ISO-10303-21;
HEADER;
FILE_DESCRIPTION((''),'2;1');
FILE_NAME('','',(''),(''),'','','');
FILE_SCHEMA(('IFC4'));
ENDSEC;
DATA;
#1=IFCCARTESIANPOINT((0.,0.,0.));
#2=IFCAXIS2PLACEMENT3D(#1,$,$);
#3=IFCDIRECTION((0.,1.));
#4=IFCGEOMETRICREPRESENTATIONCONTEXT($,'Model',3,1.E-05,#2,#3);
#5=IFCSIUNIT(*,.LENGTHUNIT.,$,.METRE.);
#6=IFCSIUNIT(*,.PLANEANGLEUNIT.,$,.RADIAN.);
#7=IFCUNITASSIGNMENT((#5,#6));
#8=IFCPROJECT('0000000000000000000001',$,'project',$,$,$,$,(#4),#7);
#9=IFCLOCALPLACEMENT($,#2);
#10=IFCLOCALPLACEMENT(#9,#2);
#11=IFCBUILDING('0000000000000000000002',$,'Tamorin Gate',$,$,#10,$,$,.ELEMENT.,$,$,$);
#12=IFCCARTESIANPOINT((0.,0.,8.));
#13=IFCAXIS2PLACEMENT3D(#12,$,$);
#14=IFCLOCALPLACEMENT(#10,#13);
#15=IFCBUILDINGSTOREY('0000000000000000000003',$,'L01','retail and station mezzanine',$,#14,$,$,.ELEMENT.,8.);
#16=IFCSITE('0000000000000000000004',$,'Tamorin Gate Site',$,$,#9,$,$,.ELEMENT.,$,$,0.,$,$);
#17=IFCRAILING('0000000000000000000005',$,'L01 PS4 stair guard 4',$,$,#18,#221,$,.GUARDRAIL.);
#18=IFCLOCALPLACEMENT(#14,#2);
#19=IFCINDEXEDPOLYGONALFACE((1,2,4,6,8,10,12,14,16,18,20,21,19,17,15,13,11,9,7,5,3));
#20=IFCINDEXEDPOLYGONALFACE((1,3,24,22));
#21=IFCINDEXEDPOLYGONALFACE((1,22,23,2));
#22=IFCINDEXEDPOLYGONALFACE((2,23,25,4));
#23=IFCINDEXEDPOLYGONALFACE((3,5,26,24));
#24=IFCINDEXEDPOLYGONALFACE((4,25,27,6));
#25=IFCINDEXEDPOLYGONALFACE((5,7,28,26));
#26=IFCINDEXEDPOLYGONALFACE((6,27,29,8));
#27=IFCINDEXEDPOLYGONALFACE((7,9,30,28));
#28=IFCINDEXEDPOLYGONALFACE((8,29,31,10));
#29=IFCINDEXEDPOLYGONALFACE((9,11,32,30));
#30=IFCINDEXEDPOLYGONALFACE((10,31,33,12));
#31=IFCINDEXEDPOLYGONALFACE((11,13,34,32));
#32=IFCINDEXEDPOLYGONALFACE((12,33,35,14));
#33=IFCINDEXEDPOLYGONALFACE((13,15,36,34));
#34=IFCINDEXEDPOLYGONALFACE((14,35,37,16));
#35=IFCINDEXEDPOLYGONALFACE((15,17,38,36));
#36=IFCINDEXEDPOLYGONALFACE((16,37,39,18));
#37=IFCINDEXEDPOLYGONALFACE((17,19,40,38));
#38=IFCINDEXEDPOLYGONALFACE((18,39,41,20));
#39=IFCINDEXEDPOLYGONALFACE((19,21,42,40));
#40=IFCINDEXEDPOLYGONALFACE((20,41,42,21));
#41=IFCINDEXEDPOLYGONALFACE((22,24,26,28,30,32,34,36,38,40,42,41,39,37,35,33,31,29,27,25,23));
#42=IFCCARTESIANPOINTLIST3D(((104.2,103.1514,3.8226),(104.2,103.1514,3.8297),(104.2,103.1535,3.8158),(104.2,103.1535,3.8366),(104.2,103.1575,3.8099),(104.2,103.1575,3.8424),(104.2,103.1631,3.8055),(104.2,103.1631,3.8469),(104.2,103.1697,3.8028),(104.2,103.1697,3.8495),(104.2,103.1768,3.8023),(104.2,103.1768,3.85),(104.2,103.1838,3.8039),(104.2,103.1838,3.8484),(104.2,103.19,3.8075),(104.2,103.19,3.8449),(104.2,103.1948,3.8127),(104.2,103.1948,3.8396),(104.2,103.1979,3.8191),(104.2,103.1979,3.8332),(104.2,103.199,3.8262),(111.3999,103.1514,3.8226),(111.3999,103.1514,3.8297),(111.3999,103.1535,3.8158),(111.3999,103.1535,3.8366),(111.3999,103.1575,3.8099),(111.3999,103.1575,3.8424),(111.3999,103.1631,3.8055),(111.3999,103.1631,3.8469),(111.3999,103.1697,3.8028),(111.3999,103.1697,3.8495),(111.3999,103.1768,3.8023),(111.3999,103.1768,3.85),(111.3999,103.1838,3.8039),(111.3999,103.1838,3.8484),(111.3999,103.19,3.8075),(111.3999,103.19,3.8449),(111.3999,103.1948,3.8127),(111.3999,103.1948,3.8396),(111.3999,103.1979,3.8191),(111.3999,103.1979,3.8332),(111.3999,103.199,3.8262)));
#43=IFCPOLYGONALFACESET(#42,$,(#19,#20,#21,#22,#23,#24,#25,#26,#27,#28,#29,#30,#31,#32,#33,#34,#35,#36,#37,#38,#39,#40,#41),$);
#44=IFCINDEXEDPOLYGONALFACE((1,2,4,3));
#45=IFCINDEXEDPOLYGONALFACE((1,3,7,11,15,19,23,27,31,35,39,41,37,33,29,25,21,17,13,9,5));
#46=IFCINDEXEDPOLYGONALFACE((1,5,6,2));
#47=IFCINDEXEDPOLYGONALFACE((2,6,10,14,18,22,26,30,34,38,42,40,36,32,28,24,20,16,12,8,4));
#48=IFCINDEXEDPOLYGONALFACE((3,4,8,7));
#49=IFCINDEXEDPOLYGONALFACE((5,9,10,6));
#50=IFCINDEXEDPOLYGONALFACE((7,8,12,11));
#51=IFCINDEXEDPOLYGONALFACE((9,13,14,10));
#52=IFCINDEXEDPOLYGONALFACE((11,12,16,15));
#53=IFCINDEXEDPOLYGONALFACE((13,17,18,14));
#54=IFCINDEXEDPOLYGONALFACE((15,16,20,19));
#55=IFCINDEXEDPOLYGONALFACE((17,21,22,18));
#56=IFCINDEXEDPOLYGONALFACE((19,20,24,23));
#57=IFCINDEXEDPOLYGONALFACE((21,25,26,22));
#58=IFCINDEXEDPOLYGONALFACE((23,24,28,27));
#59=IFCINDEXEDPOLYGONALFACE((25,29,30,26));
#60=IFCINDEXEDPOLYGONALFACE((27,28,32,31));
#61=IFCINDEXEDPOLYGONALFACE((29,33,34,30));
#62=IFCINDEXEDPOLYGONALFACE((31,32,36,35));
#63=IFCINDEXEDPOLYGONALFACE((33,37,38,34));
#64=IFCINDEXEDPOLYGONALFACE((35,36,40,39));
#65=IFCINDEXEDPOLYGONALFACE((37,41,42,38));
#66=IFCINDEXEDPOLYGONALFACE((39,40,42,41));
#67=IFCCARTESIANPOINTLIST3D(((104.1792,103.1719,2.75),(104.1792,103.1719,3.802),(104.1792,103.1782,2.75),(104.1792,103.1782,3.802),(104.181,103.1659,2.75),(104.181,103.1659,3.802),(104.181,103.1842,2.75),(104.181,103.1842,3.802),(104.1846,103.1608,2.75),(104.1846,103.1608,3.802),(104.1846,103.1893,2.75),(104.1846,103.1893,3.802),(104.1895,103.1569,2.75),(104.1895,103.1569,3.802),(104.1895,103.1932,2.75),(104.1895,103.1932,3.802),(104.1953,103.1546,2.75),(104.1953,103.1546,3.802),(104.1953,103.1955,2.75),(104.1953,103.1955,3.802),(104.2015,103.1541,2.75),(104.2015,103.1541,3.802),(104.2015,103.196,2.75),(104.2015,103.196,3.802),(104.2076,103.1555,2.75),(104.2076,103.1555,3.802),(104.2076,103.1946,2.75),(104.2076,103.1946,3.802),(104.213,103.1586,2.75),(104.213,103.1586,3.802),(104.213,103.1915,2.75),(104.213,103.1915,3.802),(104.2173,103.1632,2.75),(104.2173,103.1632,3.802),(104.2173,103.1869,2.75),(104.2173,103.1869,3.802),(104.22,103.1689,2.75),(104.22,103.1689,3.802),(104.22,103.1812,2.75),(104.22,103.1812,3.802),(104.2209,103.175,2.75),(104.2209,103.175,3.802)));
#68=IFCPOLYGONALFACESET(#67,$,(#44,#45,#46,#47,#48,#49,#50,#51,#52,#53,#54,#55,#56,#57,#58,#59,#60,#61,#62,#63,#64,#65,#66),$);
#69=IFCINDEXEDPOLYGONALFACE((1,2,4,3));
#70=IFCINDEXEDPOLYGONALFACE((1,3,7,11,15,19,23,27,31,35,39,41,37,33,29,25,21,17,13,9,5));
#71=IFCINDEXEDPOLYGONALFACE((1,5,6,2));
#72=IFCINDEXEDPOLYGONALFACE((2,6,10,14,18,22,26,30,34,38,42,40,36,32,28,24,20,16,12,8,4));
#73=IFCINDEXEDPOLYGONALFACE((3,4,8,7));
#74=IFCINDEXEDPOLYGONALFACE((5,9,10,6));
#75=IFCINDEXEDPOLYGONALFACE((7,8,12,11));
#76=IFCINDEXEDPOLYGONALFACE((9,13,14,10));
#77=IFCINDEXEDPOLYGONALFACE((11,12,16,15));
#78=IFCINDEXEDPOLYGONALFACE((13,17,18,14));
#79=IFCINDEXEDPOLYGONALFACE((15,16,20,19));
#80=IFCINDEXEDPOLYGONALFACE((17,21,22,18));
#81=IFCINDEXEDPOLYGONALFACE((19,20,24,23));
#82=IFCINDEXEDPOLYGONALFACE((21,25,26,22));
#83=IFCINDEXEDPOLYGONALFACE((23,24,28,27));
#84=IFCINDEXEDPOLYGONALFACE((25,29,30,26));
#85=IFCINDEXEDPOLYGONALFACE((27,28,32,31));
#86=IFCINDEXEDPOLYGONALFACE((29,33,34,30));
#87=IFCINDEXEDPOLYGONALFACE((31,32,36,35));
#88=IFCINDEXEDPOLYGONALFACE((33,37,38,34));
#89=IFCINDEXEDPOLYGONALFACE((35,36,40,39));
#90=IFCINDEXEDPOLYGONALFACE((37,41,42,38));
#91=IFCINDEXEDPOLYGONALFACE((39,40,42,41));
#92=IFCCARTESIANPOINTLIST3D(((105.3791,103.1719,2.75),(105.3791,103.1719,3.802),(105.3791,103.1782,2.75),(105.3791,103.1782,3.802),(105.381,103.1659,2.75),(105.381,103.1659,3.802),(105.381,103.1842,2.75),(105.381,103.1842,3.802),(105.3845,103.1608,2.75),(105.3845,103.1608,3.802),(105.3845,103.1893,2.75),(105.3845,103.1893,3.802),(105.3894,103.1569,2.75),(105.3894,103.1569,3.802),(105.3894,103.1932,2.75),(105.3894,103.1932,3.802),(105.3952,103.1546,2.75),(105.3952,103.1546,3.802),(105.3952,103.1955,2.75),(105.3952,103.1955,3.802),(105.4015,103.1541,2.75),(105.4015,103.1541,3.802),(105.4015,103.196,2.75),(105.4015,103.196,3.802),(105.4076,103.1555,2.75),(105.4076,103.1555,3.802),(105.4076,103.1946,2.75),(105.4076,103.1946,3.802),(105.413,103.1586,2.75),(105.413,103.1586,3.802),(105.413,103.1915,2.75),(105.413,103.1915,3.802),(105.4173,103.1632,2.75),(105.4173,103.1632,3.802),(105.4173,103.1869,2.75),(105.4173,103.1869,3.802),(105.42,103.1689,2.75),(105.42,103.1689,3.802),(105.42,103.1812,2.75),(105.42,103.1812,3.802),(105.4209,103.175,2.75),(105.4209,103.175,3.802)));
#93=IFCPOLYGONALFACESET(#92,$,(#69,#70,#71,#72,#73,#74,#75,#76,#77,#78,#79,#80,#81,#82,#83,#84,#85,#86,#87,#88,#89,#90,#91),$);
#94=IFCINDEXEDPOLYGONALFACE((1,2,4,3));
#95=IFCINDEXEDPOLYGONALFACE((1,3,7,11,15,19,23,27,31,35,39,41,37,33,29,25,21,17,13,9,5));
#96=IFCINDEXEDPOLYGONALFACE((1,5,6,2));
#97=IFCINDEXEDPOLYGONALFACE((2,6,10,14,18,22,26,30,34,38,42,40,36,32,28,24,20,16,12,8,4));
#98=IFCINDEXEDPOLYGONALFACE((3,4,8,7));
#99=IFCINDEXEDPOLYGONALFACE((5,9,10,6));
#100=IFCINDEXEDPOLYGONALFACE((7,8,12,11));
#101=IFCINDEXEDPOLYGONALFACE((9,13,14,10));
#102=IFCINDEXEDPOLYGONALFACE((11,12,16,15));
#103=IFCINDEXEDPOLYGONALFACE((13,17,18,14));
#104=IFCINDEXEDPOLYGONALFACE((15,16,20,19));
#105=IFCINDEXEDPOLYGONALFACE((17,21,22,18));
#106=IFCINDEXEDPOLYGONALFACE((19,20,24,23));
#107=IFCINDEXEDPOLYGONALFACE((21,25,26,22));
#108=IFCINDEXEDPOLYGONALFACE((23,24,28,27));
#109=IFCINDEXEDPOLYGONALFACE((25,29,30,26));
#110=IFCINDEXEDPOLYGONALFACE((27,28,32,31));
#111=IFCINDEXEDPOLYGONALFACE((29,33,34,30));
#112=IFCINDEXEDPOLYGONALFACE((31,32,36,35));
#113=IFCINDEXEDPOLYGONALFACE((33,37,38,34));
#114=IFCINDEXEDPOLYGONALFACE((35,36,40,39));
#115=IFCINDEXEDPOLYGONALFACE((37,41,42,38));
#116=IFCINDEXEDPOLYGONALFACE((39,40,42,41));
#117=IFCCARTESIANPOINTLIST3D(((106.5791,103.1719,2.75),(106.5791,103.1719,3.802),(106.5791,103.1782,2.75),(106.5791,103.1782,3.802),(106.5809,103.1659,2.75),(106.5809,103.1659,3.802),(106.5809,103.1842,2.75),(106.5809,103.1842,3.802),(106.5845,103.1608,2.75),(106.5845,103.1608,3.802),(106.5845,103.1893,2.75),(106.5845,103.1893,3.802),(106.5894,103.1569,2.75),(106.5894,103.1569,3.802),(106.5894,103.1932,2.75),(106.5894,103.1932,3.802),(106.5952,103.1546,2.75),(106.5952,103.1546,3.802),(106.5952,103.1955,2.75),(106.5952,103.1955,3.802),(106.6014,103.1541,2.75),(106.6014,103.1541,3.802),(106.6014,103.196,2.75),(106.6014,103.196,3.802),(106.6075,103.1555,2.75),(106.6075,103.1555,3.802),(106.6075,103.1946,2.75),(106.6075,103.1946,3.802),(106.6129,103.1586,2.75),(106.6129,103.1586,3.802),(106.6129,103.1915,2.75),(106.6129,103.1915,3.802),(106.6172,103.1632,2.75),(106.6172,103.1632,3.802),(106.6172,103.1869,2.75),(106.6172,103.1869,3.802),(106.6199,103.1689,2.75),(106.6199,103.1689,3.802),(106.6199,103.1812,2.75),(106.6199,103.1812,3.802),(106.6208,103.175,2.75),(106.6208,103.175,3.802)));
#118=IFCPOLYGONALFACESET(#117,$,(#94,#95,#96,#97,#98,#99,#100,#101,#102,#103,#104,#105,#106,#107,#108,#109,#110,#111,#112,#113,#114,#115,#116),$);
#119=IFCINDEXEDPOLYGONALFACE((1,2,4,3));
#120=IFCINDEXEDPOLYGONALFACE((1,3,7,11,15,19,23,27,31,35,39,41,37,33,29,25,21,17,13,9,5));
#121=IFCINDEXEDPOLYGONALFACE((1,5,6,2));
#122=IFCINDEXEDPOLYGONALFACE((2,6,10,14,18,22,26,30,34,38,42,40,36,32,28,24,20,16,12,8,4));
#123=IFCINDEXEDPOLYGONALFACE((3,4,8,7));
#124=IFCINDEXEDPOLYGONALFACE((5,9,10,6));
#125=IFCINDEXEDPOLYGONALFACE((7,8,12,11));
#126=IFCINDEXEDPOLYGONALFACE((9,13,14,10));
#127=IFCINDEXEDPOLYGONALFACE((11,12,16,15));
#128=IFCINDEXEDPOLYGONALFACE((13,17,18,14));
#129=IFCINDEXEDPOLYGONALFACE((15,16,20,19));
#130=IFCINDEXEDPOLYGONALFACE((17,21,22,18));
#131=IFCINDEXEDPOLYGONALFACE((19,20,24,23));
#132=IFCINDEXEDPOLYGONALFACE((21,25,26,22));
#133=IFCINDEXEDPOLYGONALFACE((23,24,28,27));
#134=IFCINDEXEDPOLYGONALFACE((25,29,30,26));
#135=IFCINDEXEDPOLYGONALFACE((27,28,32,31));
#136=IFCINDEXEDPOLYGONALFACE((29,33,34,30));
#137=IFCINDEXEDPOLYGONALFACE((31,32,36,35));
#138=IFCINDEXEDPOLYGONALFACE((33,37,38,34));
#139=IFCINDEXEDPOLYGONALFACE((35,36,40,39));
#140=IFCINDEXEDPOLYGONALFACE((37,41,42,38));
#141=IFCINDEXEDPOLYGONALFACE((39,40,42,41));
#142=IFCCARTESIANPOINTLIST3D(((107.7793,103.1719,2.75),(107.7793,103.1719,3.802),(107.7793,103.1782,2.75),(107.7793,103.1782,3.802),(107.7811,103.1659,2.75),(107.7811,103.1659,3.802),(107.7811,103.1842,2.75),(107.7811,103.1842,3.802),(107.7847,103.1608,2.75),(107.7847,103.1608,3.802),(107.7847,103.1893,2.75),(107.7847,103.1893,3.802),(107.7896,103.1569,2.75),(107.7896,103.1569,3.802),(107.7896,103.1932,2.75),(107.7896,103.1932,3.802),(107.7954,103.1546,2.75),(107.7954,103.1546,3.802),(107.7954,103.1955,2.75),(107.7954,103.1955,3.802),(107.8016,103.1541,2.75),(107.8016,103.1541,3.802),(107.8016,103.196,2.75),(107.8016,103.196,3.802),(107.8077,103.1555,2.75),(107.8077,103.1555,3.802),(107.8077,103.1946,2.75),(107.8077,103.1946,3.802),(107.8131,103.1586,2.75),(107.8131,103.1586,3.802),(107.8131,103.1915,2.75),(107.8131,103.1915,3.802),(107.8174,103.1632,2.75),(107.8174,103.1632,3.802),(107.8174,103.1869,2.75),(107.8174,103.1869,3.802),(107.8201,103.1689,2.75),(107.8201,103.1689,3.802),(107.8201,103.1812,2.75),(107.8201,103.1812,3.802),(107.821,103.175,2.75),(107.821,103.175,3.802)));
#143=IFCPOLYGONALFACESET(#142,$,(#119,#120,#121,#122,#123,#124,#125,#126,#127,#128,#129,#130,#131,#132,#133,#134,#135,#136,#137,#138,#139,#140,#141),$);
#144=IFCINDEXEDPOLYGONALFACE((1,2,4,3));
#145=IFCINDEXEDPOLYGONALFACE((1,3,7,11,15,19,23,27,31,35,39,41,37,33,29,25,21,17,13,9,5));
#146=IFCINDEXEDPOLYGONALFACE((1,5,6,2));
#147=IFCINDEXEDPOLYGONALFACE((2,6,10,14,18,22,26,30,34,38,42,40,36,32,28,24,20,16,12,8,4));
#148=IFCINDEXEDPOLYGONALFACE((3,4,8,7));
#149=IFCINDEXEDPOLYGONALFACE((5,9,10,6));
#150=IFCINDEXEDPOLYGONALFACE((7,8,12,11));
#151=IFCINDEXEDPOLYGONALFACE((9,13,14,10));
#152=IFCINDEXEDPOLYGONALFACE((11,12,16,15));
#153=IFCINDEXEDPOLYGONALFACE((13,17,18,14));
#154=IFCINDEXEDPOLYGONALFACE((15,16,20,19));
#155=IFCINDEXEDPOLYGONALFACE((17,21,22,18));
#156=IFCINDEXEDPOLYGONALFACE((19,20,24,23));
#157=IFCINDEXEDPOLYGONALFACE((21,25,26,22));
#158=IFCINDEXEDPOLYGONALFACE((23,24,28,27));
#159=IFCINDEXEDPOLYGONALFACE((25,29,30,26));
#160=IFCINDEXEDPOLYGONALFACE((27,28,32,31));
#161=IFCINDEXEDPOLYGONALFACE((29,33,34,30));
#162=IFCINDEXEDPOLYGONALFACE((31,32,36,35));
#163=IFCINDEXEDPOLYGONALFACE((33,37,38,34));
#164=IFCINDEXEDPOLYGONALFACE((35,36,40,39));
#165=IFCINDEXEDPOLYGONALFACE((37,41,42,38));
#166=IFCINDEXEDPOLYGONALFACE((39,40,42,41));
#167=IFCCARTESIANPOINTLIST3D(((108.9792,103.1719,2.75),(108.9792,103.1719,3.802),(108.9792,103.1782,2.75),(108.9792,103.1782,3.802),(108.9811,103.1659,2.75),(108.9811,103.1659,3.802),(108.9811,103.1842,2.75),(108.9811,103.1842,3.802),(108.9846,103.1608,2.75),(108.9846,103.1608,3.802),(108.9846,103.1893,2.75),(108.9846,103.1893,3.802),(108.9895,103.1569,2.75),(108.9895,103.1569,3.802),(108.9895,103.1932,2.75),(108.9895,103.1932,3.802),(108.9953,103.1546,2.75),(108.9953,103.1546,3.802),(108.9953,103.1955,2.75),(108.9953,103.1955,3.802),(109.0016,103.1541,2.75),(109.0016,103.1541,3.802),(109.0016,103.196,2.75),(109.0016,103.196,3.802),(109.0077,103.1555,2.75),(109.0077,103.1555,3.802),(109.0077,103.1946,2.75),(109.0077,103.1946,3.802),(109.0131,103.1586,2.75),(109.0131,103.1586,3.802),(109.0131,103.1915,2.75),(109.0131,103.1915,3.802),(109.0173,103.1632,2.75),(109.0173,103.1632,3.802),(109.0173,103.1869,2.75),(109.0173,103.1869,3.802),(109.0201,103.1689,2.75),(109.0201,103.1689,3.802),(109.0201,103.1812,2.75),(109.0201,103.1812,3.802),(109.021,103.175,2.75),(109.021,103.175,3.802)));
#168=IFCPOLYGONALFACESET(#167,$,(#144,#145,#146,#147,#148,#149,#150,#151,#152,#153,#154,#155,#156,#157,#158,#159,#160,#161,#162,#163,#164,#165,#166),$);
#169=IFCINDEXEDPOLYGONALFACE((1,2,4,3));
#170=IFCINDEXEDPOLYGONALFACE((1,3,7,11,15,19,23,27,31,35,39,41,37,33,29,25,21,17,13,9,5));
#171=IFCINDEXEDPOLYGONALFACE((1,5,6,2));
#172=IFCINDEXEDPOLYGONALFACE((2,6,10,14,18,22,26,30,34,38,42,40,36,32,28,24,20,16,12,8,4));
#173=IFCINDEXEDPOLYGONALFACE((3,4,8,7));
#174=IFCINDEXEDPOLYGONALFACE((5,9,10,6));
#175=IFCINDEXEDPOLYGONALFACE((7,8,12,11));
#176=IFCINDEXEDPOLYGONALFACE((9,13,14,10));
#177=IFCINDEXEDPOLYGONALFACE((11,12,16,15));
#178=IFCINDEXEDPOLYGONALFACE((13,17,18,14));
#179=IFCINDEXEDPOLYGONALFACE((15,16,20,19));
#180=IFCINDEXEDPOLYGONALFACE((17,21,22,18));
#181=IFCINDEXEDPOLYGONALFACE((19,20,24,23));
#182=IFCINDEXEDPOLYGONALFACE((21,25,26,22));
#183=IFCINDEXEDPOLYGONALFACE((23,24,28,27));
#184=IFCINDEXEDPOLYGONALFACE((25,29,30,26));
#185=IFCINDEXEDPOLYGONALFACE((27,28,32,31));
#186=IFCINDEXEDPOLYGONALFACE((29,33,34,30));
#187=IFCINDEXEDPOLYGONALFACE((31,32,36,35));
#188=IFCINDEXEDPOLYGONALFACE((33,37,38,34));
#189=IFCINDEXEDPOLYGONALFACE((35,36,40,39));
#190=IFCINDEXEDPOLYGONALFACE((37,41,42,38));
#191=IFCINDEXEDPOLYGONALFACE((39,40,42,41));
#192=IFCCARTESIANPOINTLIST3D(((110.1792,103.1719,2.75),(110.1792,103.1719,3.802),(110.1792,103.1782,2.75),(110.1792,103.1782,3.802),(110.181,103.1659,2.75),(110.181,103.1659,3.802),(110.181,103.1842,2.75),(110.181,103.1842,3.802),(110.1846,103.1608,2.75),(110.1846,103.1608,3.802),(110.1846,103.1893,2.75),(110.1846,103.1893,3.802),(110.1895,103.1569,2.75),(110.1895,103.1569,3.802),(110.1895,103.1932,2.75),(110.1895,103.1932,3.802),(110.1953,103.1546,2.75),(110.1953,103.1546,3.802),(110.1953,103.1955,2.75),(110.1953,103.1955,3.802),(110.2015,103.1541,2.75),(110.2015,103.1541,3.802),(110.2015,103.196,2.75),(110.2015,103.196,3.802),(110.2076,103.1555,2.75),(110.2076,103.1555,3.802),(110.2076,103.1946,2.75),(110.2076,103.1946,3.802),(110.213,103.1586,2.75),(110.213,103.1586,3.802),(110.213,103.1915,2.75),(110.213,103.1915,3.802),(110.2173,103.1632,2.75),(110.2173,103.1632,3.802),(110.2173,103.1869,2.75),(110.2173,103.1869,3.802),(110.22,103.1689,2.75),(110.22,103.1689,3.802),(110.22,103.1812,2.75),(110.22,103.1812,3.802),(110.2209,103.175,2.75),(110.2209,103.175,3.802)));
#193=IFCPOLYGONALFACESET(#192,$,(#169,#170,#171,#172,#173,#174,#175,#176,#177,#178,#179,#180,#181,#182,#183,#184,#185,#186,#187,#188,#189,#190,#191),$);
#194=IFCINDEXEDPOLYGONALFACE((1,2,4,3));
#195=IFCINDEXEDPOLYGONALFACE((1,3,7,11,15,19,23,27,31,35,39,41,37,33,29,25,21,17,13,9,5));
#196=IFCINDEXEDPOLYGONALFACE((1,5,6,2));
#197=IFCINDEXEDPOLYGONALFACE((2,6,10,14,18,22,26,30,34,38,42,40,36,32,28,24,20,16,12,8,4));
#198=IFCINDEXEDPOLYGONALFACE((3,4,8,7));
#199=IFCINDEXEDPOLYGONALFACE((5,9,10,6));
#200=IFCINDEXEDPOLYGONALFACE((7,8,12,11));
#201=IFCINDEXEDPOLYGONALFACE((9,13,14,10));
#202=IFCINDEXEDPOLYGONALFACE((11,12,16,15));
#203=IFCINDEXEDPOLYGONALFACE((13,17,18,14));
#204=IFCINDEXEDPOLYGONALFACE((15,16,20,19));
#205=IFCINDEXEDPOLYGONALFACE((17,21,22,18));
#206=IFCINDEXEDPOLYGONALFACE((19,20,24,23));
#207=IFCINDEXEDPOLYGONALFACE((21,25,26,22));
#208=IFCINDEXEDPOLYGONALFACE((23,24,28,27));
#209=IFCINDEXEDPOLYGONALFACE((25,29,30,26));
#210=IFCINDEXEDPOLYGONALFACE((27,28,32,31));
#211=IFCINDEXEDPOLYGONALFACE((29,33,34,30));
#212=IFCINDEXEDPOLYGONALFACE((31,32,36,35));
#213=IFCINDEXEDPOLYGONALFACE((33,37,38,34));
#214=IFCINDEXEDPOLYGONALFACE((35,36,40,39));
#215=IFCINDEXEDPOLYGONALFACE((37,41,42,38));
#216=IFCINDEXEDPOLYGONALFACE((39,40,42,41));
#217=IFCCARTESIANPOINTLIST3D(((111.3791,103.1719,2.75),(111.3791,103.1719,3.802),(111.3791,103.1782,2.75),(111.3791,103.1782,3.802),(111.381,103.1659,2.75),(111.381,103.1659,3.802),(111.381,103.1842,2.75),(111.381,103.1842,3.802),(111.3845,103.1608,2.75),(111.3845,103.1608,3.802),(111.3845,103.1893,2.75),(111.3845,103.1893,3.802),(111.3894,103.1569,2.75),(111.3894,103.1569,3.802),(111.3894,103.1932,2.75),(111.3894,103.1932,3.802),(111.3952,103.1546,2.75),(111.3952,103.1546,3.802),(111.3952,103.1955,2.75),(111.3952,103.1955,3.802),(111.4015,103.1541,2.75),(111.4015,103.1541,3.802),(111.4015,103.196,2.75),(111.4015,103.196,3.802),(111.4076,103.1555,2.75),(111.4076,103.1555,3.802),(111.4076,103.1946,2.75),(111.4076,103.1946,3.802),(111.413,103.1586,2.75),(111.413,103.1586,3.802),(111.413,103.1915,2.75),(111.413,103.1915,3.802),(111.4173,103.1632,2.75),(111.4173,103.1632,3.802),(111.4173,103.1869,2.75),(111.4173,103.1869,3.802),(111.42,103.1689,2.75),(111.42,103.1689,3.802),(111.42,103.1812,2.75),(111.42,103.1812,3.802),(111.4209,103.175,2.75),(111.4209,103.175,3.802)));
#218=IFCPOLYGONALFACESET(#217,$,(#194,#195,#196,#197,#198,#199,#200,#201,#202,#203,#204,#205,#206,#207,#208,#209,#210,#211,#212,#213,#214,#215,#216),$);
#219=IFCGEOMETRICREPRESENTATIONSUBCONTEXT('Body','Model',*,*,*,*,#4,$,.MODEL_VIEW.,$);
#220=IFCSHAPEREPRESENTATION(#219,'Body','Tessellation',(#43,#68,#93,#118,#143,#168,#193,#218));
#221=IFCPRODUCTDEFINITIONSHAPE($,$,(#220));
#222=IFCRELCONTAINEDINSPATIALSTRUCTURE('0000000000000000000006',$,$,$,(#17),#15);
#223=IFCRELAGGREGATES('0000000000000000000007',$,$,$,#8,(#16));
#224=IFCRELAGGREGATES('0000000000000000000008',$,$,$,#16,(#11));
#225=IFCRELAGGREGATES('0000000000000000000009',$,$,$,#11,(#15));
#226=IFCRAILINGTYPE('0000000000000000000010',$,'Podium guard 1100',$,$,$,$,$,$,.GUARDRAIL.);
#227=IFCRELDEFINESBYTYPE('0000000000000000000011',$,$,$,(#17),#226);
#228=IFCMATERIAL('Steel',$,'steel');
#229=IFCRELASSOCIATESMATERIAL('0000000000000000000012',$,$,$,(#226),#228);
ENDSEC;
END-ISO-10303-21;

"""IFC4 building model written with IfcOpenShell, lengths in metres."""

from ifc_helpers import new_model, si_unit, direction, frame, origin, origin_2d, place, context, subcontext, project, spatial, circle, extrude, material, type_object, element, save


model = new_model("IFC4")

# Units and contexts
model_context = context("Model", 3, precision=1e-05, world=origin(), true_north=direction((0.0, 1.0)))
body_context = subcontext(model_context, "Body", "Model", "MODEL_VIEW")
ifc_project = project(units=[si_unit("LENGTHUNIT", "METRE"), si_unit("PLANEANGLEUNIT", "RADIAN")], contexts=[model_context])

# Site, building, storey
site_placement = place(None, origin())
site = spatial("IfcSite", under=ifc_project, at=site_placement, Name="Tamorin Gate Site", CompositionType="ELEMENT", RefElevation=0.0)
building_placement = place(site_placement, origin())
building = spatial("IfcBuilding", under=site, at=building_placement, Name="Tamorin Gate", CompositionType="ELEMENT")
storey_placement = place(building_placement, frame((0.0, 0.0, 8.0)))
storey = spatial("IfcBuildingStorey", under=building, at=storey_placement, Name="L01", Description="retail and station mezzanine", CompositionType="ELEMENT", Elevation=8.0)

# Railing
ifc_material_1 = material(Name="Steel", Category="steel")
railing_type_1 = type_object("IfcRailingType", Name="Podium guard 1100", PredefinedType="GUARDRAIL", material=ifc_material_1)
for number, where, name in (
    (1, (104.2, 103.175, 2.75), "L01 PS4 stair guard 4"),
):
    element("IfcRailing", number, at=place(storey_placement, frame(where)), inside=storey, type_object=railing_type_1, Name=name, PredefinedType="GUARDRAIL", context=body_context, shape_type="SweptSolid", body=[
        extrude(circle(Radius=0.0239, at=origin_2d()), frame((0.0, 0.0, 1.0762), z_axis=(1.0, 0.0, 0.0), x_axis=(0.0, 1.0, 0.0)), (0.0, 0.0, 1.0), 7.2),
        extrude(circle(Radius=0.021, at=origin_2d()), origin(), (0.0, 0.0, 1.0), 1.052),
        extrude(circle(Radius=0.021, at=origin_2d()), frame((1.2, 0.0, 0.0)), (0.0, 0.0, 1.0), 1.052),
        extrude(circle(Radius=0.021, at=origin_2d()), frame((2.3999, 0.0, 0.0)), (0.0, 0.0, 1.0), 1.052),
        extrude(circle(Radius=0.021, at=origin_2d()), frame((3.6001, 0.0, 0.0)), (0.0, 0.0, 1.0), 1.052),
        extrude(circle(Radius=0.021, at=origin_2d()), frame((4.8, 0.0, 0.0)), (0.0, 0.0, 1.0), 1.052),
        extrude(circle(Radius=0.021, at=origin_2d()), frame((6.0, 0.0, 0.0)), (0.0, 0.0, 1.0), 1.052),
        extrude(circle(Radius=0.021, at=origin_2d()), frame((7.2, 0.0, 0.0)), (0.0, 0.0, 1.0), 1.052),
    ])

save(model, "model.ifc")
